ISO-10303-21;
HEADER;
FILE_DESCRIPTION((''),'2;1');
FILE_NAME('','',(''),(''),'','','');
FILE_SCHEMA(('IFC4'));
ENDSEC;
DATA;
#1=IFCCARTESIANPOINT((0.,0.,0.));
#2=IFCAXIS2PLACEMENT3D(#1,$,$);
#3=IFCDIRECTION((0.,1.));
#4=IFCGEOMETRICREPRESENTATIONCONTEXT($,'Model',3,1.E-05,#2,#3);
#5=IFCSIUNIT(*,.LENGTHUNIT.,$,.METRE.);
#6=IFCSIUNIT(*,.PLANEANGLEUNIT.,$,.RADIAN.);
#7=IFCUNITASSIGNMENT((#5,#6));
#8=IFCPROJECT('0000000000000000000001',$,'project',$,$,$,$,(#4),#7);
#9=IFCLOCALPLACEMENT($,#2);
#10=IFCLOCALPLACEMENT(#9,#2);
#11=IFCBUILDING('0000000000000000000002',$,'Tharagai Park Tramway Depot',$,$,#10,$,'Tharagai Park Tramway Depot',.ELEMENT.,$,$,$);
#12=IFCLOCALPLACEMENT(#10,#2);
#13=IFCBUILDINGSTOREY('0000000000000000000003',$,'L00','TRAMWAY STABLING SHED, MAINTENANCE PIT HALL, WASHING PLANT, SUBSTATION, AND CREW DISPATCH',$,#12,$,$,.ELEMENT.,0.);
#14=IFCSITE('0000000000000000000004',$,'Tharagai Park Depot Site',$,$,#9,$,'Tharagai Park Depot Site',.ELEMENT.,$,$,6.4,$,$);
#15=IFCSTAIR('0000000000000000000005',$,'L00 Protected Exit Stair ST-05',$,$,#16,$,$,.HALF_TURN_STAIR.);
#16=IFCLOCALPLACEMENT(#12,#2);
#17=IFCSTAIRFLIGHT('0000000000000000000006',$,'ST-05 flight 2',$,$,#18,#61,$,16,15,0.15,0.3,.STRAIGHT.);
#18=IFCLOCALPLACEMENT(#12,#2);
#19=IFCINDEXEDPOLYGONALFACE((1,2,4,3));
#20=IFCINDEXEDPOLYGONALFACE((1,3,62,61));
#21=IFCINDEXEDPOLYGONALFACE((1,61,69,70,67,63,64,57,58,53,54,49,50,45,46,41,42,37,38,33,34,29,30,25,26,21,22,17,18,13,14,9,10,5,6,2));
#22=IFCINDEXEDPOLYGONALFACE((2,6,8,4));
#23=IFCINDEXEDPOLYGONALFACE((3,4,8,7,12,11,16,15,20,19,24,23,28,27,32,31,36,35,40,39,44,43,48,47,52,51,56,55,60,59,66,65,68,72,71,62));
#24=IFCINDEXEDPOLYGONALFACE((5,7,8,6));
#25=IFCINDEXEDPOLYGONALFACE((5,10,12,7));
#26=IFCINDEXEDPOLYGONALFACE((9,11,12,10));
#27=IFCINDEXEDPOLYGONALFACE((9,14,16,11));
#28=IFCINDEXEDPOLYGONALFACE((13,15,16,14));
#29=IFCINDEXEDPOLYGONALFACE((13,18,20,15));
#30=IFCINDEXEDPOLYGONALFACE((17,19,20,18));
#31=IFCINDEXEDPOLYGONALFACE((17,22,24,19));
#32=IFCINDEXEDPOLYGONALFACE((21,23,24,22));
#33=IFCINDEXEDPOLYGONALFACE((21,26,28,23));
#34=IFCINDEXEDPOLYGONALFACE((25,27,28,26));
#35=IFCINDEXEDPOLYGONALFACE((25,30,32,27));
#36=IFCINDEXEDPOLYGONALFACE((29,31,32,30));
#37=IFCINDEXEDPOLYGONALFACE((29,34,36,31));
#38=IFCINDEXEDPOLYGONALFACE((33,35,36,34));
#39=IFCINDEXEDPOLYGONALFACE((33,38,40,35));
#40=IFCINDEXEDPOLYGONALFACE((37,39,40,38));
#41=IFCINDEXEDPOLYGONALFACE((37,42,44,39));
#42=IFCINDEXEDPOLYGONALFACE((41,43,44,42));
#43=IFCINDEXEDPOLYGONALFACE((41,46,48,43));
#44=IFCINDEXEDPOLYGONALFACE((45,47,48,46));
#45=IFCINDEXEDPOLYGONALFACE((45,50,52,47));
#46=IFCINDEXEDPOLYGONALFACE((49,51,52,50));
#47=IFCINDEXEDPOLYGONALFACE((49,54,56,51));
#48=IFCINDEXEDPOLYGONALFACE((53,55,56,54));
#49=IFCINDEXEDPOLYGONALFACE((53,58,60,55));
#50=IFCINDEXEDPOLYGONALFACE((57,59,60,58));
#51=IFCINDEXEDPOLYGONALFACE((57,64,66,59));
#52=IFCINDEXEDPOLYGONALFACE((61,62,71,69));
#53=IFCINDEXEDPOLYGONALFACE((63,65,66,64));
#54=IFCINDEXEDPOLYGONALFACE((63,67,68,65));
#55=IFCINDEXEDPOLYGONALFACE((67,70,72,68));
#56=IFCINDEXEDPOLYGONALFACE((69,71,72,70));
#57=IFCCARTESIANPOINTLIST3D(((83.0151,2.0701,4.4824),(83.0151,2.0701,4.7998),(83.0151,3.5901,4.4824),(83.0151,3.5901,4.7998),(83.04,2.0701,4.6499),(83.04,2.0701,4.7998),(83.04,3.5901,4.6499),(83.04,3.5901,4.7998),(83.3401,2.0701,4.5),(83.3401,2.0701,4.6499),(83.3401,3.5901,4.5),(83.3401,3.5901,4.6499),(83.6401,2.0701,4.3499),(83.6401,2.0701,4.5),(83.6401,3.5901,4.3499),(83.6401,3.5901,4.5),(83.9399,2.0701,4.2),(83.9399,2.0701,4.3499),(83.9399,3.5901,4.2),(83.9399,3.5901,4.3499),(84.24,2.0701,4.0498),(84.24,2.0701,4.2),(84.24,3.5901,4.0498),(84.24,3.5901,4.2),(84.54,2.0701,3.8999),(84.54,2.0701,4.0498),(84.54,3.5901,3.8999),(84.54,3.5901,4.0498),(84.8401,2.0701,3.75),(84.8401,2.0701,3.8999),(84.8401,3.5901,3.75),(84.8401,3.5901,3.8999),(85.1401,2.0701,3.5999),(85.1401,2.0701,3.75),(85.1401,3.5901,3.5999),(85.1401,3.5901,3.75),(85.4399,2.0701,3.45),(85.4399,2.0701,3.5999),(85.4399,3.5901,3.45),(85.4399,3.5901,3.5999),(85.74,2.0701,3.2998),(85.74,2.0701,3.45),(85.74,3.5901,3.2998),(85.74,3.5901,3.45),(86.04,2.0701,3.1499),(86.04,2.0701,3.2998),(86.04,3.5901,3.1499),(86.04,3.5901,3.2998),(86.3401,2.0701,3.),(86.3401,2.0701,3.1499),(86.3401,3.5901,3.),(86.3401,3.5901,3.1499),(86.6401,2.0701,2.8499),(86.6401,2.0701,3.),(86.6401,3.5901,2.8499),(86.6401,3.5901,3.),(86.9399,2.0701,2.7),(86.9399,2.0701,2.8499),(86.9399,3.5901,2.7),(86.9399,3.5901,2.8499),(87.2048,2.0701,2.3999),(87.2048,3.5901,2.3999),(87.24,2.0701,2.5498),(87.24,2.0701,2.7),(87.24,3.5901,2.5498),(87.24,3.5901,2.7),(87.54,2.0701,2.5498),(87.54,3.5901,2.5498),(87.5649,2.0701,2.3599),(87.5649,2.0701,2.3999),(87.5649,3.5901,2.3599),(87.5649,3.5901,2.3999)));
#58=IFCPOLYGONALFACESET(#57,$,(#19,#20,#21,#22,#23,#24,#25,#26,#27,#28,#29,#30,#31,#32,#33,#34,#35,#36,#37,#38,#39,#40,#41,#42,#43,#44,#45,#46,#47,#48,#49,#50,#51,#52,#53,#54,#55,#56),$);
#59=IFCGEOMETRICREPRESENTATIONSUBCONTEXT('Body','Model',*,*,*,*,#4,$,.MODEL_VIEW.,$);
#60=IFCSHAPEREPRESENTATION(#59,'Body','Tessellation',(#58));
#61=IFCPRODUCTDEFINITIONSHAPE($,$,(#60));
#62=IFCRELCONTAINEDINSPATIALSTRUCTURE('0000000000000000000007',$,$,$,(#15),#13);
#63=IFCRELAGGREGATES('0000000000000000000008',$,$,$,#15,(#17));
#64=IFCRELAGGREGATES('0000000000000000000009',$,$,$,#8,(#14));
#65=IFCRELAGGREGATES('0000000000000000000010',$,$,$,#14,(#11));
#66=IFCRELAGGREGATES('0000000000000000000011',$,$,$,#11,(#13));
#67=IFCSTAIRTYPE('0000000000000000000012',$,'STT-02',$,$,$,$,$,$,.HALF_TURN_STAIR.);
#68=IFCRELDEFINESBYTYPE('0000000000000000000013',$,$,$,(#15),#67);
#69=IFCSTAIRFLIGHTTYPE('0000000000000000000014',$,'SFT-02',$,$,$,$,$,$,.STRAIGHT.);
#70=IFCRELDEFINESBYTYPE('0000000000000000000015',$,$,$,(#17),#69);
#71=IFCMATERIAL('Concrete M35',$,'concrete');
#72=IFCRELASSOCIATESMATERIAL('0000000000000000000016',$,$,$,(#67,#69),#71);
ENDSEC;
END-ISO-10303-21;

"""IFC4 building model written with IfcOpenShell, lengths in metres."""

from ifc_helpers import new_model, si_unit, direction, frame, origin, place, context, subcontext, project, spatial, polyline, outline, extrude, material, type_object, element, aggregate, save


model = new_model("IFC4")

# Units and contexts
model_context = context("Model", 3, precision=1e-05, world=origin(), true_north=direction((0.0, 1.0)))
body_context = subcontext(model_context, "Body", "Model", "MODEL_VIEW")
ifc_project = project(units=[si_unit("LENGTHUNIT", "METRE"), si_unit("PLANEANGLEUNIT", "RADIAN")], contexts=[model_context])

# Site, building, storey
site_placement = place(None, origin())
site = spatial("IfcSite", under=ifc_project, at=site_placement, Name="Tharagai Park Depot Site", LongName="Tharagai Park Depot Site", CompositionType="ELEMENT", RefElevation=6.4)
building_placement = place(site_placement, origin())
building = spatial("IfcBuilding", under=site, at=building_placement, Name="Tharagai Park Tramway Depot", LongName="Tharagai Park Tramway Depot", CompositionType="ELEMENT")
storey_placement = place(building_placement, origin())
storey = spatial("IfcBuildingStorey", under=building, at=storey_placement, Name="L00", Description="TRAMWAY STABLING SHED, MAINTENANCE PIT HALL, WASHING PLANT, SUBSTATION, AND CREW DISPATCH", CompositionType="ELEMENT", Elevation=0.0)

# Stair, stair flight
ifc_material_1 = material(Name="Concrete M35", Category="concrete")
stair_type = type_object("IfcStairType", Name="STT-02", PredefinedType="HALF_TURN_STAIR", material=ifc_material_1)
stair_placement = place(storey_placement, origin())
stair = element("IfcStair", 1, at=stair_placement, inside=storey, type_object=stair_type, Name="L00 Protected Exit Stair ST-05", PredefinedType="HALF_TURN_STAIR")
stair_flight_type = type_object("IfcStairFlightType", Name="SFT-02", PredefinedType="STRAIGHT", material=ifc_material_1)
stair_flight_1_placement = place(storey_placement, frame((87.54, 2.8301, 2.3999), z_axis=(0.0, 0.0, 1.0), x_axis=(-1.0, 0.0, 0.0)))
stair_flight_1 = element("IfcStairFlight", 2, at=stair_flight_1_placement, type_object=stair_flight_type, Name="ST-05 flight 2", NumberOfRisers=16, NumberOfTreads=15, PredefinedType="STRAIGHT", RiserHeight=0.15, TreadLength=0.3, context=body_context, shape_type="SweptSolid", body=[
    extrude(outline(polyline([(-0.0249, 0.0), (0.0, 0.1499), (0.3, 0.1499), (0.3, 0.3), (0.6001, 0.3), (0.6001, 0.45), (0.8999, 0.45), (0.8999, 0.6001), (1.2, 0.6001), (1.2, 0.75), (1.5, 0.75), (1.5, 0.8999), (1.8, 0.8999), (1.8, 1.05), (2.1001, 1.05), (2.1001, 1.2), (2.3999, 1.2), (2.3999, 1.3501), (2.7, 1.3501), (2.7, 1.5), (3.0, 1.5), (3.0, 1.6499), (3.3, 1.6499), (3.3, 1.8), (3.6001, 1.8), (3.6001, 1.95), (3.8999, 1.95), (3.8999, 2.1001), (4.2, 2.1001), (4.2, 2.25), (4.5, 2.25), (4.5, 2.3999), (4.5249, 2.3999), (4.5249, 2.0825), (0.3352, 0.0), (-0.0249, -0.04), (-0.0249, 0.0)])), frame((0.0, 0.76, 0.0), z_axis=(0.0, -1.0, 0.0), x_axis=(1.0, 0.0, 0.0)), (0.0, 0.0, 1.0), 1.52),
])
aggregate(stair, [stair_flight_1])

save(model, "model.ifc")
